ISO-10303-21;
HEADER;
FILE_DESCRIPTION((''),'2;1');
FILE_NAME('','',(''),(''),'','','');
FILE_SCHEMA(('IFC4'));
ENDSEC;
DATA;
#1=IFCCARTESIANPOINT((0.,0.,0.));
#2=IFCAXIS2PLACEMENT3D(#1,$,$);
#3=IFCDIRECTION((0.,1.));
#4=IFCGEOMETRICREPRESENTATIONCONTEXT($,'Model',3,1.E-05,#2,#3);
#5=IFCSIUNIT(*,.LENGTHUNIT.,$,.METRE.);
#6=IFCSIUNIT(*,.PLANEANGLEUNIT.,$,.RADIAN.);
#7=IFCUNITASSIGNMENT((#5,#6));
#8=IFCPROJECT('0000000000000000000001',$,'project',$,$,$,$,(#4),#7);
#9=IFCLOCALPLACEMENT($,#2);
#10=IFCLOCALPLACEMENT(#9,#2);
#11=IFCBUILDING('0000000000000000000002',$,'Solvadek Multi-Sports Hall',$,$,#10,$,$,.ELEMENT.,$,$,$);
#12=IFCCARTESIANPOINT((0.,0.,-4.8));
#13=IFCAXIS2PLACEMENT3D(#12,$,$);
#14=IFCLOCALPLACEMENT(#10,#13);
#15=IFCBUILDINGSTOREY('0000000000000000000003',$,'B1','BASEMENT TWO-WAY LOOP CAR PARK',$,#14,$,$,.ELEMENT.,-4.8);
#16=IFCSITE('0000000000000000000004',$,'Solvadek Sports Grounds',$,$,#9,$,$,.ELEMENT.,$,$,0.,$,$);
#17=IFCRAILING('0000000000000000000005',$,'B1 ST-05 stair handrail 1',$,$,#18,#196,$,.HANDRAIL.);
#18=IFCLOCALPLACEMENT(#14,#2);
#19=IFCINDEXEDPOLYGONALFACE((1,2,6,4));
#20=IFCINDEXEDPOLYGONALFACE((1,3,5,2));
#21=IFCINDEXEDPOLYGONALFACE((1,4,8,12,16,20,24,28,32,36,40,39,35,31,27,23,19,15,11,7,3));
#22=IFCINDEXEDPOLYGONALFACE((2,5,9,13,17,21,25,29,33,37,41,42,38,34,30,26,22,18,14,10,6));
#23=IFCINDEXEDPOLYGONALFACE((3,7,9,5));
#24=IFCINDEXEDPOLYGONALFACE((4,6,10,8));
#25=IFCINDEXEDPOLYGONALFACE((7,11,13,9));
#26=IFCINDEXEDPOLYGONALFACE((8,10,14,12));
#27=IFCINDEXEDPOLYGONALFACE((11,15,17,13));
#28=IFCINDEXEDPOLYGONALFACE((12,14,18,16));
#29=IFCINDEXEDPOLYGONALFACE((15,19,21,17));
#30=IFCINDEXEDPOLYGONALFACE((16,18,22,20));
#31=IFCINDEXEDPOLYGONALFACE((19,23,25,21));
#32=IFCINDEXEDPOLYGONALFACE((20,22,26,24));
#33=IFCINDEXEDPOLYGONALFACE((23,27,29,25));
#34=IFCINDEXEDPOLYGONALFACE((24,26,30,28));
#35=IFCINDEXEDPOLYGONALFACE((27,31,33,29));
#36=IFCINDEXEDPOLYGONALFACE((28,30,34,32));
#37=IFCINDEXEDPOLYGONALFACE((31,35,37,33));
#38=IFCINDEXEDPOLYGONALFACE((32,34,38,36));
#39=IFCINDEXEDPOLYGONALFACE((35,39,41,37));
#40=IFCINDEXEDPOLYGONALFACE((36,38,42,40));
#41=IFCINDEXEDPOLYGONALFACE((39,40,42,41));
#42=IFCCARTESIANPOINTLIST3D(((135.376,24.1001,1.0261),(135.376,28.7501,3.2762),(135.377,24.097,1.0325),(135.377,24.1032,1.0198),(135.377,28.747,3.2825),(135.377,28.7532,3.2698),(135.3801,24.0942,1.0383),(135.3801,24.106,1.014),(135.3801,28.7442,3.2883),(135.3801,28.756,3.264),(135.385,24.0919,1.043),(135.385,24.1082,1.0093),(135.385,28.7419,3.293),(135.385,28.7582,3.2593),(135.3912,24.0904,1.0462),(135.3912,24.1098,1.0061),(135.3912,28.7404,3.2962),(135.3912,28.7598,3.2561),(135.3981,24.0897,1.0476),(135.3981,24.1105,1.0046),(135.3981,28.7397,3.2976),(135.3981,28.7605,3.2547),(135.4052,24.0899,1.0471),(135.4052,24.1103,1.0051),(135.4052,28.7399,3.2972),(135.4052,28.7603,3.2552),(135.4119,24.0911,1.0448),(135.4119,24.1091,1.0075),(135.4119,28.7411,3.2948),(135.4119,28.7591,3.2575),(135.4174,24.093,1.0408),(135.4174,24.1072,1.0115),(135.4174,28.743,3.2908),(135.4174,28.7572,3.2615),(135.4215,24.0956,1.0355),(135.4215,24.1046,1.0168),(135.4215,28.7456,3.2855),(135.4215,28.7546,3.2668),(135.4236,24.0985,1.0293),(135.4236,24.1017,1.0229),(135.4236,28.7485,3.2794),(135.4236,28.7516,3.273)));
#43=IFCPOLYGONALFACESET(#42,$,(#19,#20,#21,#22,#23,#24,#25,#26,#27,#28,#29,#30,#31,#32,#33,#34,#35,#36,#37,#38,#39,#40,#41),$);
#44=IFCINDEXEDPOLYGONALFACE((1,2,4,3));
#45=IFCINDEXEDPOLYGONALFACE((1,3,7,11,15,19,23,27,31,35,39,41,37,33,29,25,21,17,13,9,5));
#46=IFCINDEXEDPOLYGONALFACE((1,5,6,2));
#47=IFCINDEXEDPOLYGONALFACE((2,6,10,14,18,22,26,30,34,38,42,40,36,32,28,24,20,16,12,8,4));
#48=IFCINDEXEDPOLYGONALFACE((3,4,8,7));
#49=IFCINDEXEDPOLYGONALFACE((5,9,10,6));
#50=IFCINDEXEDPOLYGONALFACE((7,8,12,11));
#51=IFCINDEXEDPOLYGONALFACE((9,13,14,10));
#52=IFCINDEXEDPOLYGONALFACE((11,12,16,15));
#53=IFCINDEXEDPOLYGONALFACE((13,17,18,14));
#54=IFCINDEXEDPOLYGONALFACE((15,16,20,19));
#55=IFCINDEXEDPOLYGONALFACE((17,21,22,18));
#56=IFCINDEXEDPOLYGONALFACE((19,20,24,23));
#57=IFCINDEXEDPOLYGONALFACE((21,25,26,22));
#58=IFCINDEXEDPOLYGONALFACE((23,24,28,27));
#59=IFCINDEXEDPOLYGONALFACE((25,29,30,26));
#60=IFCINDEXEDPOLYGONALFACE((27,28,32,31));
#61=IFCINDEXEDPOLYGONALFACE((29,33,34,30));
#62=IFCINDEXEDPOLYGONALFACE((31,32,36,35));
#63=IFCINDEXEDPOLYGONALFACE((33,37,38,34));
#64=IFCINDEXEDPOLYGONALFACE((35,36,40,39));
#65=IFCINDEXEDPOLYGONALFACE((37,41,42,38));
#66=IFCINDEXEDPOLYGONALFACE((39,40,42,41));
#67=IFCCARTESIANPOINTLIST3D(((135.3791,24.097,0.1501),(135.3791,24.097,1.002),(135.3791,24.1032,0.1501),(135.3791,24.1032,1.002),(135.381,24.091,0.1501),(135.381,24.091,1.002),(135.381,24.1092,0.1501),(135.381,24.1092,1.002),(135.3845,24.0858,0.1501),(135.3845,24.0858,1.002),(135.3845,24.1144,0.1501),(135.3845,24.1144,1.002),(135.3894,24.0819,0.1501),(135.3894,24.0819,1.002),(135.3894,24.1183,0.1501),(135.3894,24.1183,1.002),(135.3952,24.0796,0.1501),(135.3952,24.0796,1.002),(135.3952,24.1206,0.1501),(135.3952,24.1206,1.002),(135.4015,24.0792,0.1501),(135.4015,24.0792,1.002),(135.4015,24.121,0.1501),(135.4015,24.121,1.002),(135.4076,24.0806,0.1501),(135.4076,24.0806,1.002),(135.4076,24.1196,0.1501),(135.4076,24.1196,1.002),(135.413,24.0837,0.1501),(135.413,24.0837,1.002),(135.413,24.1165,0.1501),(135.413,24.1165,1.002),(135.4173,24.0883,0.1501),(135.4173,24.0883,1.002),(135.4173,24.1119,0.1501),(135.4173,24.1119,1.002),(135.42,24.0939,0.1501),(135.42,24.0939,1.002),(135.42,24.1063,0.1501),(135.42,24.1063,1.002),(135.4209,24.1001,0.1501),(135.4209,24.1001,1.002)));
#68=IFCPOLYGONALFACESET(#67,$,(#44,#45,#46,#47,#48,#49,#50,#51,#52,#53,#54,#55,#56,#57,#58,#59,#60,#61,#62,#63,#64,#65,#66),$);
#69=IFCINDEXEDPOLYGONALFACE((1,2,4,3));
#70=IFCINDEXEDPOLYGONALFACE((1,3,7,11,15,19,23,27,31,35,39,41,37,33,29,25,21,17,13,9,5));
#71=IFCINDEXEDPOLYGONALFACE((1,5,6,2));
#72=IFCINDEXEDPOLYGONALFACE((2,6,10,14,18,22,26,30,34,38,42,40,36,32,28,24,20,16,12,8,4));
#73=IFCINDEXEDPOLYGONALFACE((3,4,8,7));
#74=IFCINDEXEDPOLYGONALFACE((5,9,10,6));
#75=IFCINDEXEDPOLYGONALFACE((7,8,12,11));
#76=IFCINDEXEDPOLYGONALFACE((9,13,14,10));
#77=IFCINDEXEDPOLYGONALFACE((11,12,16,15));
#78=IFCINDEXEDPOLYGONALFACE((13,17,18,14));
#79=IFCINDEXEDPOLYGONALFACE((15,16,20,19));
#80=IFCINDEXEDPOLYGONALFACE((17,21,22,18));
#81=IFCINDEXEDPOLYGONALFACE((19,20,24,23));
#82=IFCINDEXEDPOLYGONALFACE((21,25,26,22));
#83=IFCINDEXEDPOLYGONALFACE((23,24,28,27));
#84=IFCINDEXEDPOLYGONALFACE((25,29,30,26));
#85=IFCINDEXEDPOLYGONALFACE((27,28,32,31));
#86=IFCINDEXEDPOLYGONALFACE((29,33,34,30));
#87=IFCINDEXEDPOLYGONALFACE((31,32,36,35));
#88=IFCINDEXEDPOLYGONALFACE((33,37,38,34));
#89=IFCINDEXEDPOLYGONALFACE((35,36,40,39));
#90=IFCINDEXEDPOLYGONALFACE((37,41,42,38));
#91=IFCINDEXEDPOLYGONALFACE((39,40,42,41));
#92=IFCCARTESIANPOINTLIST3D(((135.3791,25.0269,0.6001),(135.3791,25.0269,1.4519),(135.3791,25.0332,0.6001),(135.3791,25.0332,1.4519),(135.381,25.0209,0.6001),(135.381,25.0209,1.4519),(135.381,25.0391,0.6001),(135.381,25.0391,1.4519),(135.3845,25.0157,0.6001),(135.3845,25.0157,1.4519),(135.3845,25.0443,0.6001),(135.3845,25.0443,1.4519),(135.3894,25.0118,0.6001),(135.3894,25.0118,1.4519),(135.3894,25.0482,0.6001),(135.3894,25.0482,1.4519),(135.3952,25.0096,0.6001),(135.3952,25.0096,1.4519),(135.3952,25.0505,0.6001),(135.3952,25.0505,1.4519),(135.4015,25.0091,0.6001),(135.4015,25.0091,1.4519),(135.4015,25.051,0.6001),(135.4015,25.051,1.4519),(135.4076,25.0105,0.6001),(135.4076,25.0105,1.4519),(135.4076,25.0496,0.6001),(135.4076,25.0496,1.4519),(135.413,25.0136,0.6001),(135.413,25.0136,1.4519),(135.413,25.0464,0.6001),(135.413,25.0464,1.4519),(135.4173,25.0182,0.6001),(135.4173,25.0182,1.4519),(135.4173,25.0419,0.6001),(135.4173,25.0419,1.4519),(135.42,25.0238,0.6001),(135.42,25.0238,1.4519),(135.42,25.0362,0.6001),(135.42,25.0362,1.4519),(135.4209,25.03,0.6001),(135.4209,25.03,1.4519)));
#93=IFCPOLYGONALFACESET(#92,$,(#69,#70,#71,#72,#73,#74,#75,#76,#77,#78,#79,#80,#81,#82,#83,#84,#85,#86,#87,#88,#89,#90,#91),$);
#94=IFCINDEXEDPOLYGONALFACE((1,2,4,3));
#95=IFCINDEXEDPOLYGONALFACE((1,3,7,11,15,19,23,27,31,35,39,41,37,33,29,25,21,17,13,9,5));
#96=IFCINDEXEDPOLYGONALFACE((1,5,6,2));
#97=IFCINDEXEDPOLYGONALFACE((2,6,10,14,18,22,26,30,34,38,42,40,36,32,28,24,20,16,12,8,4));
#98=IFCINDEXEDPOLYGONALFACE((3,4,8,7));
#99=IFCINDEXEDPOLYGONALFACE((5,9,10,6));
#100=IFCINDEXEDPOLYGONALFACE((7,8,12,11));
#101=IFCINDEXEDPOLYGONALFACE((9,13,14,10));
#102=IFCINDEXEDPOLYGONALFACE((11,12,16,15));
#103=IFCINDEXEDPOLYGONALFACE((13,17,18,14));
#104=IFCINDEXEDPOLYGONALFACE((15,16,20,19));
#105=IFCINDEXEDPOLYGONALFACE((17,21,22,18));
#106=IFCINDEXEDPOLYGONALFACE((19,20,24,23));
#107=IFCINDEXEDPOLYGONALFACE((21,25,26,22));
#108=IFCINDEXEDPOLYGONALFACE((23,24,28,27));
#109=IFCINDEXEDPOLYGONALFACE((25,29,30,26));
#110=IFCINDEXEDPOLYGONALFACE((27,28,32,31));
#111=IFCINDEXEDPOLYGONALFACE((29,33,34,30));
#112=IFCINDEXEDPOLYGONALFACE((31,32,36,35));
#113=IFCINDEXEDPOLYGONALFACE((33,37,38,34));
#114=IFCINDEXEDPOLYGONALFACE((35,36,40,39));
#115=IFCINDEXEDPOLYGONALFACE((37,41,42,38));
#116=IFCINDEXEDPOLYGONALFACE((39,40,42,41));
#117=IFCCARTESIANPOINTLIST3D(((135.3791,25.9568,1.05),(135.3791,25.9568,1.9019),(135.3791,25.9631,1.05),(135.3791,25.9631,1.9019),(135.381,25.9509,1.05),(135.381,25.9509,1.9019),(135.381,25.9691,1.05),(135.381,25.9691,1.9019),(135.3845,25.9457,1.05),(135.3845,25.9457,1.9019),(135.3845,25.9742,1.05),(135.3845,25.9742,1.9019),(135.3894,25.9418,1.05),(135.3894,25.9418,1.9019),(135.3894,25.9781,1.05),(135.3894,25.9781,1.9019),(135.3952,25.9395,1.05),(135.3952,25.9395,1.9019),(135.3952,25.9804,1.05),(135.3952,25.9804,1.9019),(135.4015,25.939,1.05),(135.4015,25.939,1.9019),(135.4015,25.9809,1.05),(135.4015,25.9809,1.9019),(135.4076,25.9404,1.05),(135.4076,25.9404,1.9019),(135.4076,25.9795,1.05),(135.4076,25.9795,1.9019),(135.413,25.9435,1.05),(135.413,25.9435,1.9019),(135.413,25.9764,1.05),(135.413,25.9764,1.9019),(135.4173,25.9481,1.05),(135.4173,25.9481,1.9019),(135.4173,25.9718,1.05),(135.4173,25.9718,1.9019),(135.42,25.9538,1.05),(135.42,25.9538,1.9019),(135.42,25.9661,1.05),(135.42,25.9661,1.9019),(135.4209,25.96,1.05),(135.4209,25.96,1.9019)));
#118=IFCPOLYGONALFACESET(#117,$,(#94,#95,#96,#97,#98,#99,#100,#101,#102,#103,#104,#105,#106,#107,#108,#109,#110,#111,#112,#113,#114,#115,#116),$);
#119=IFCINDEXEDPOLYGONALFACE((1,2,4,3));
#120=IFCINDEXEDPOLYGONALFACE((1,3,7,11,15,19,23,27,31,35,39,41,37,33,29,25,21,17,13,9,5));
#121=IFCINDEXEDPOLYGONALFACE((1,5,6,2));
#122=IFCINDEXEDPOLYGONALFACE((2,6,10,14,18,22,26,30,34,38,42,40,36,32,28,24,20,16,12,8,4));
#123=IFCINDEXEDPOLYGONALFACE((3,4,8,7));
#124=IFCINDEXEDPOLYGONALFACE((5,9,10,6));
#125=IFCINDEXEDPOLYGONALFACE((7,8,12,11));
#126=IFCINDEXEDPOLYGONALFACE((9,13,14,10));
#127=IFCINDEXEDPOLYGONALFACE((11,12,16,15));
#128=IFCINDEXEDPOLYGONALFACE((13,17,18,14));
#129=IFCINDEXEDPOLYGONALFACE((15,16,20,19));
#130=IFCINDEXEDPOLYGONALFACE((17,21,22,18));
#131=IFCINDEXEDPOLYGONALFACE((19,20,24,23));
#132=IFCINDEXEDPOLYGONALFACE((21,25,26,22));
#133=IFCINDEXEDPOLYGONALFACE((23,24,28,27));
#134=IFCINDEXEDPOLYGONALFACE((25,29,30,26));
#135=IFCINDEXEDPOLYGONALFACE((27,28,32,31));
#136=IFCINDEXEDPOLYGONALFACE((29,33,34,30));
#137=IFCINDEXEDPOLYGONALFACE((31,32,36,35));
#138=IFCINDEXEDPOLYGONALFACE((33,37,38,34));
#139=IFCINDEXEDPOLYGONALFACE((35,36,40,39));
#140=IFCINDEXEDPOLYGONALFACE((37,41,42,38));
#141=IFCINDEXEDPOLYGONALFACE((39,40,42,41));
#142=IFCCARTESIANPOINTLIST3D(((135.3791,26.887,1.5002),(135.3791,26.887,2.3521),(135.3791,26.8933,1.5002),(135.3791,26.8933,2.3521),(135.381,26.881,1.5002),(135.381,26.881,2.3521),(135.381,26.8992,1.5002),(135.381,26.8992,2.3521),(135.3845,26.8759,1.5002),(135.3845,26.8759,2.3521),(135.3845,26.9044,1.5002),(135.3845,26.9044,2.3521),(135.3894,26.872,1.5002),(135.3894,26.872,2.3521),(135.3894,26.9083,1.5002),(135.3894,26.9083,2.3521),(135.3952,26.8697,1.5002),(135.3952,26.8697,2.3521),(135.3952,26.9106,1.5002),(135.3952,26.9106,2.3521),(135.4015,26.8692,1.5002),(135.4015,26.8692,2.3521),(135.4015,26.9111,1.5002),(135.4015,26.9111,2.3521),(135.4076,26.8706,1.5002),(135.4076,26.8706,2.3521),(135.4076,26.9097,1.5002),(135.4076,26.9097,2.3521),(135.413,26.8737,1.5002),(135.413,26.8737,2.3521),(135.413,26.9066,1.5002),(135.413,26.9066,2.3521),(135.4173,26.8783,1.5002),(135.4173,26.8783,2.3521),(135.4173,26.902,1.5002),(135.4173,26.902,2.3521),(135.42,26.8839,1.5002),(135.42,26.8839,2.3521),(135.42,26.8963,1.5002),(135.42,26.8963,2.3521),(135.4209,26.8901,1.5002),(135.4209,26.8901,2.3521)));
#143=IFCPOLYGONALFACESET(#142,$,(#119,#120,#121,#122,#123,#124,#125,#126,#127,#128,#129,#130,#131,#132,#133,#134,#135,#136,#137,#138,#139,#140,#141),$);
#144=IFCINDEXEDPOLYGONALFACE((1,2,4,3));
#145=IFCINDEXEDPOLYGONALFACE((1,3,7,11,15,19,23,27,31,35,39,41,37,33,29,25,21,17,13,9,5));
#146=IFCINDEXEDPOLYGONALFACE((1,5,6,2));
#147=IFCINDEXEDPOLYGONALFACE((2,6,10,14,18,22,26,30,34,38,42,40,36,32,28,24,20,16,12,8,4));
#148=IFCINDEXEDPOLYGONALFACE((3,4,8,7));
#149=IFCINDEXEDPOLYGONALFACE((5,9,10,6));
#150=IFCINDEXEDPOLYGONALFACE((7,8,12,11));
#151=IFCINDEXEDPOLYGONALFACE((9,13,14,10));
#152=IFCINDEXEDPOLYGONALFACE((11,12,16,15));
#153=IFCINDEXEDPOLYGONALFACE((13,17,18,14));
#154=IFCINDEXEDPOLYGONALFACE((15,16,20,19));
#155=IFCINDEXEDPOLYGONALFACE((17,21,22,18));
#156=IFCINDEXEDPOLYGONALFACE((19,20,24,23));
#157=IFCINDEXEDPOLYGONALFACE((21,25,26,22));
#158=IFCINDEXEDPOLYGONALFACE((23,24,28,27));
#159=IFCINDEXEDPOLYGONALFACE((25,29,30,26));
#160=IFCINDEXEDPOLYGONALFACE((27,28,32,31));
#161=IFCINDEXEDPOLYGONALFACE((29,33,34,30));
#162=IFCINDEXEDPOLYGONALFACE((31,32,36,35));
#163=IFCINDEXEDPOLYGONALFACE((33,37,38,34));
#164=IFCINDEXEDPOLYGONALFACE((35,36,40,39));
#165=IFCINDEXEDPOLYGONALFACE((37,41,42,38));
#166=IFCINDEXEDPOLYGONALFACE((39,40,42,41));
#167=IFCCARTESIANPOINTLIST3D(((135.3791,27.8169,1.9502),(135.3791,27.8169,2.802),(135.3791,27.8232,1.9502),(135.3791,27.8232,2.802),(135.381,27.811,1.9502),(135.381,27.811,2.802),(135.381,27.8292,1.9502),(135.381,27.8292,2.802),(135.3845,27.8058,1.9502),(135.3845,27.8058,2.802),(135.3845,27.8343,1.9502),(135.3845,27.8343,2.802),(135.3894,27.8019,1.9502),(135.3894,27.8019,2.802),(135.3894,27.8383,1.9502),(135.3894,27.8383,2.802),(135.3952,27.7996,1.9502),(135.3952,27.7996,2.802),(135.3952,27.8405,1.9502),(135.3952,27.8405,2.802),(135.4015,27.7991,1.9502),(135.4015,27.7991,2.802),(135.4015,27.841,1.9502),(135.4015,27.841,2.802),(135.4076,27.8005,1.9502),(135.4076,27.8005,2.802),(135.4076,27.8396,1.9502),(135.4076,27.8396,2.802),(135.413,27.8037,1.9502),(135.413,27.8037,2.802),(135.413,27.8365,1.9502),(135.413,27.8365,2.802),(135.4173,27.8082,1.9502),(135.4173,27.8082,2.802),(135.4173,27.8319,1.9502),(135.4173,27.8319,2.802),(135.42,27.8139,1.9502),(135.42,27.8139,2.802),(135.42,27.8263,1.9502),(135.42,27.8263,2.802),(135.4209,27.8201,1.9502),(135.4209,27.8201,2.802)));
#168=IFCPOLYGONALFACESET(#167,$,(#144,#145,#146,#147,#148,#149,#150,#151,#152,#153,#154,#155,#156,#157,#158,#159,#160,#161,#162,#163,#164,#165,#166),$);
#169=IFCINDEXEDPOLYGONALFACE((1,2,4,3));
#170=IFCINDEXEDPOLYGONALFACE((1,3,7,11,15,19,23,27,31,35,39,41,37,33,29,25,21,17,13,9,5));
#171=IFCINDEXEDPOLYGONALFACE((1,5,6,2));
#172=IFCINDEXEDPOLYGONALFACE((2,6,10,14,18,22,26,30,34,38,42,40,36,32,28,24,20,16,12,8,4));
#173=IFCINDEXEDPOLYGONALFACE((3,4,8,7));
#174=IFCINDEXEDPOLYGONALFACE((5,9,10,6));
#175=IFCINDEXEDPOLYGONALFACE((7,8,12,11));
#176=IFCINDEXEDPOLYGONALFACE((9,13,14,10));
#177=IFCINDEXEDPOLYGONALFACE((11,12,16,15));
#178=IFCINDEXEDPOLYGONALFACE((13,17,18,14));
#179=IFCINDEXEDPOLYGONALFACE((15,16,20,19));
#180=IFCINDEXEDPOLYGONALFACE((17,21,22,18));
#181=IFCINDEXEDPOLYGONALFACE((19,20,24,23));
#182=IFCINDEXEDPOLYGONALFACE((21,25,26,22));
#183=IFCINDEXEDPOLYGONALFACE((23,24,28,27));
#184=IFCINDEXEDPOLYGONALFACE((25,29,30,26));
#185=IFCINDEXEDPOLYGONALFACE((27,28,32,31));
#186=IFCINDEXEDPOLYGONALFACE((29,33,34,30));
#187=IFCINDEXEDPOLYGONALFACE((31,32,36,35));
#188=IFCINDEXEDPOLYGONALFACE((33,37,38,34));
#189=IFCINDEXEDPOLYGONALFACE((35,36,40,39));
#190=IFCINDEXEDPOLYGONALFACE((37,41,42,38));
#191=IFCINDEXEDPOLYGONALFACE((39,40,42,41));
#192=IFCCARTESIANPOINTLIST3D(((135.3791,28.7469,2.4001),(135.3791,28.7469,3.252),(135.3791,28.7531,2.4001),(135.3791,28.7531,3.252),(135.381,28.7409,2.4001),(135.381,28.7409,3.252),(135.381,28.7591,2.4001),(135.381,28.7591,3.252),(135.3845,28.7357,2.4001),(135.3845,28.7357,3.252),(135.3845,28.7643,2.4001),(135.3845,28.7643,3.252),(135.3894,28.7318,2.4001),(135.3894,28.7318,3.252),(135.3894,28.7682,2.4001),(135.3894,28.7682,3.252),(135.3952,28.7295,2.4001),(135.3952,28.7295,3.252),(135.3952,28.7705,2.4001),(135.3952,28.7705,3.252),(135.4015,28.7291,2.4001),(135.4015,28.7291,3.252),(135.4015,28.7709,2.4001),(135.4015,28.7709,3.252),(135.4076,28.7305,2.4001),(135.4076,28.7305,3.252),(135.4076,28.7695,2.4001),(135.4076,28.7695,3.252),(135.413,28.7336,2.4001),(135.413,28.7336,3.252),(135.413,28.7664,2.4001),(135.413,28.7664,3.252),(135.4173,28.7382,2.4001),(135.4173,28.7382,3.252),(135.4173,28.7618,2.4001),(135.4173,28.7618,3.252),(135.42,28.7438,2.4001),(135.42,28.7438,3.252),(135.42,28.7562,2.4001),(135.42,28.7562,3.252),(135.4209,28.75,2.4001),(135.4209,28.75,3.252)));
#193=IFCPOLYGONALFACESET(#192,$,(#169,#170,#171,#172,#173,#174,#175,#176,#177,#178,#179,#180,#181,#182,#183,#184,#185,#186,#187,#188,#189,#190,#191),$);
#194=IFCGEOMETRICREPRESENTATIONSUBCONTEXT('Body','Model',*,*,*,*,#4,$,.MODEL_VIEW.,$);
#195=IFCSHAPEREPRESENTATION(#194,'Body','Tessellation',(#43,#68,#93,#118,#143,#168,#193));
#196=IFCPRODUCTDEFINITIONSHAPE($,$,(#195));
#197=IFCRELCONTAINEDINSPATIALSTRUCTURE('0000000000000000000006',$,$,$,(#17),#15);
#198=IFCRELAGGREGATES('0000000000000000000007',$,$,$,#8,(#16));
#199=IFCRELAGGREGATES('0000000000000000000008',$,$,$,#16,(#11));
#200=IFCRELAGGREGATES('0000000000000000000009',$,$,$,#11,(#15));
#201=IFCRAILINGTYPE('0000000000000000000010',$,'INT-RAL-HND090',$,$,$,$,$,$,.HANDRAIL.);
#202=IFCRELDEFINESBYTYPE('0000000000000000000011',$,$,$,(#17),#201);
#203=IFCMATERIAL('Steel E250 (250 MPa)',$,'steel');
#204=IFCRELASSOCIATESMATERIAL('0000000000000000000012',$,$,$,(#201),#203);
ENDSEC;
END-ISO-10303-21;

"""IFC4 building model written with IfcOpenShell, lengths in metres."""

from ifc_helpers import new_model, si_unit, direction, frame, origin, origin_2d, place, context, subcontext, project, spatial, circle, extrude, material, type_object, element, save


model = new_model("IFC4")

# Units and contexts
model_context = context("Model", 3, precision=1e-05, world=origin(), true_north=direction((0.0, 1.0)))
body_context = subcontext(model_context, "Body", "Model", "MODEL_VIEW")
ifc_project = project(units=[si_unit("LENGTHUNIT", "METRE"), si_unit("PLANEANGLEUNIT", "RADIAN")], contexts=[model_context])

# Site, building, storey
site_placement = place(None, origin())
site = spatial("IfcSite", under=ifc_project, at=site_placement, Name="Solvadek Sports Grounds", CompositionType="ELEMENT", RefElevation=0.0)
building_placement = place(site_placement, origin())
building = spatial("IfcBuilding", under=site, at=building_placement, Name="Solvadek Multi-Sports Hall", CompositionType="ELEMENT")
storey_placement = place(building_placement, frame((0.0, 0.0, -4.8)))
storey = spatial("IfcBuildingStorey", under=building, at=storey_placement, Name="B1", Description="BASEMENT TWO-WAY LOOP CAR PARK", CompositionType="ELEMENT", Elevation=-4.8)

# Railing
ifc_material_1 = material(Name="Steel E250 (250 MPa)", Category="steel")
railing_type_1 = type_object("IfcRailingType", Name="INT-RAL-HND090", PredefinedType="HANDRAIL", material=ifc_material_1)
railing_1_placement = place(storey_placement, frame((135.3999, 24.1001, 0.1501)))
element("IfcRailing", 1, at=railing_1_placement, inside=storey, type_object=railing_type_1, Name="B1 ST-05 stair handrail 1", PredefinedType="HANDRAIL", context=body_context, shape_type="SweptSolid", body=[
    extrude(circle(Radius=0.0239, at=origin_2d()), frame((0.0, 0.0, 0.876), z_axis=(0.0, 0.900156, 0.435568), x_axis=(-1.0, 0.0, 0.0)), (0.0, 0.0, 1.0), 5.1658),
    extrude(circle(Radius=0.021, at=origin_2d()), origin(), (0.0, 0.0, 1.0), 0.8518),
    extrude(circle(Radius=0.021, at=origin_2d()), frame((0.0, 0.9299, 0.45)), (0.0, 0.0, 1.0), 0.8518),
    extrude(circle(Radius=0.021, at=origin_2d()), frame((0.0, 1.8599, 0.8999)), (0.0, 0.0, 1.0), 0.8518),
    extrude(circle(Radius=0.021, at=origin_2d()), frame((0.0, 2.79, 1.3501)), (0.0, 0.0, 1.0), 0.8518),
    extrude(circle(Radius=0.021, at=origin_2d()), frame((0.0, 3.72, 1.8)), (0.0, 0.0, 1.0), 0.8518),
    extrude(circle(Radius=0.021, at=origin_2d()), frame((0.0, 4.6499, 2.25)), (0.0, 0.0, 1.0), 0.8518),
])

save(model, "model.ifc")
